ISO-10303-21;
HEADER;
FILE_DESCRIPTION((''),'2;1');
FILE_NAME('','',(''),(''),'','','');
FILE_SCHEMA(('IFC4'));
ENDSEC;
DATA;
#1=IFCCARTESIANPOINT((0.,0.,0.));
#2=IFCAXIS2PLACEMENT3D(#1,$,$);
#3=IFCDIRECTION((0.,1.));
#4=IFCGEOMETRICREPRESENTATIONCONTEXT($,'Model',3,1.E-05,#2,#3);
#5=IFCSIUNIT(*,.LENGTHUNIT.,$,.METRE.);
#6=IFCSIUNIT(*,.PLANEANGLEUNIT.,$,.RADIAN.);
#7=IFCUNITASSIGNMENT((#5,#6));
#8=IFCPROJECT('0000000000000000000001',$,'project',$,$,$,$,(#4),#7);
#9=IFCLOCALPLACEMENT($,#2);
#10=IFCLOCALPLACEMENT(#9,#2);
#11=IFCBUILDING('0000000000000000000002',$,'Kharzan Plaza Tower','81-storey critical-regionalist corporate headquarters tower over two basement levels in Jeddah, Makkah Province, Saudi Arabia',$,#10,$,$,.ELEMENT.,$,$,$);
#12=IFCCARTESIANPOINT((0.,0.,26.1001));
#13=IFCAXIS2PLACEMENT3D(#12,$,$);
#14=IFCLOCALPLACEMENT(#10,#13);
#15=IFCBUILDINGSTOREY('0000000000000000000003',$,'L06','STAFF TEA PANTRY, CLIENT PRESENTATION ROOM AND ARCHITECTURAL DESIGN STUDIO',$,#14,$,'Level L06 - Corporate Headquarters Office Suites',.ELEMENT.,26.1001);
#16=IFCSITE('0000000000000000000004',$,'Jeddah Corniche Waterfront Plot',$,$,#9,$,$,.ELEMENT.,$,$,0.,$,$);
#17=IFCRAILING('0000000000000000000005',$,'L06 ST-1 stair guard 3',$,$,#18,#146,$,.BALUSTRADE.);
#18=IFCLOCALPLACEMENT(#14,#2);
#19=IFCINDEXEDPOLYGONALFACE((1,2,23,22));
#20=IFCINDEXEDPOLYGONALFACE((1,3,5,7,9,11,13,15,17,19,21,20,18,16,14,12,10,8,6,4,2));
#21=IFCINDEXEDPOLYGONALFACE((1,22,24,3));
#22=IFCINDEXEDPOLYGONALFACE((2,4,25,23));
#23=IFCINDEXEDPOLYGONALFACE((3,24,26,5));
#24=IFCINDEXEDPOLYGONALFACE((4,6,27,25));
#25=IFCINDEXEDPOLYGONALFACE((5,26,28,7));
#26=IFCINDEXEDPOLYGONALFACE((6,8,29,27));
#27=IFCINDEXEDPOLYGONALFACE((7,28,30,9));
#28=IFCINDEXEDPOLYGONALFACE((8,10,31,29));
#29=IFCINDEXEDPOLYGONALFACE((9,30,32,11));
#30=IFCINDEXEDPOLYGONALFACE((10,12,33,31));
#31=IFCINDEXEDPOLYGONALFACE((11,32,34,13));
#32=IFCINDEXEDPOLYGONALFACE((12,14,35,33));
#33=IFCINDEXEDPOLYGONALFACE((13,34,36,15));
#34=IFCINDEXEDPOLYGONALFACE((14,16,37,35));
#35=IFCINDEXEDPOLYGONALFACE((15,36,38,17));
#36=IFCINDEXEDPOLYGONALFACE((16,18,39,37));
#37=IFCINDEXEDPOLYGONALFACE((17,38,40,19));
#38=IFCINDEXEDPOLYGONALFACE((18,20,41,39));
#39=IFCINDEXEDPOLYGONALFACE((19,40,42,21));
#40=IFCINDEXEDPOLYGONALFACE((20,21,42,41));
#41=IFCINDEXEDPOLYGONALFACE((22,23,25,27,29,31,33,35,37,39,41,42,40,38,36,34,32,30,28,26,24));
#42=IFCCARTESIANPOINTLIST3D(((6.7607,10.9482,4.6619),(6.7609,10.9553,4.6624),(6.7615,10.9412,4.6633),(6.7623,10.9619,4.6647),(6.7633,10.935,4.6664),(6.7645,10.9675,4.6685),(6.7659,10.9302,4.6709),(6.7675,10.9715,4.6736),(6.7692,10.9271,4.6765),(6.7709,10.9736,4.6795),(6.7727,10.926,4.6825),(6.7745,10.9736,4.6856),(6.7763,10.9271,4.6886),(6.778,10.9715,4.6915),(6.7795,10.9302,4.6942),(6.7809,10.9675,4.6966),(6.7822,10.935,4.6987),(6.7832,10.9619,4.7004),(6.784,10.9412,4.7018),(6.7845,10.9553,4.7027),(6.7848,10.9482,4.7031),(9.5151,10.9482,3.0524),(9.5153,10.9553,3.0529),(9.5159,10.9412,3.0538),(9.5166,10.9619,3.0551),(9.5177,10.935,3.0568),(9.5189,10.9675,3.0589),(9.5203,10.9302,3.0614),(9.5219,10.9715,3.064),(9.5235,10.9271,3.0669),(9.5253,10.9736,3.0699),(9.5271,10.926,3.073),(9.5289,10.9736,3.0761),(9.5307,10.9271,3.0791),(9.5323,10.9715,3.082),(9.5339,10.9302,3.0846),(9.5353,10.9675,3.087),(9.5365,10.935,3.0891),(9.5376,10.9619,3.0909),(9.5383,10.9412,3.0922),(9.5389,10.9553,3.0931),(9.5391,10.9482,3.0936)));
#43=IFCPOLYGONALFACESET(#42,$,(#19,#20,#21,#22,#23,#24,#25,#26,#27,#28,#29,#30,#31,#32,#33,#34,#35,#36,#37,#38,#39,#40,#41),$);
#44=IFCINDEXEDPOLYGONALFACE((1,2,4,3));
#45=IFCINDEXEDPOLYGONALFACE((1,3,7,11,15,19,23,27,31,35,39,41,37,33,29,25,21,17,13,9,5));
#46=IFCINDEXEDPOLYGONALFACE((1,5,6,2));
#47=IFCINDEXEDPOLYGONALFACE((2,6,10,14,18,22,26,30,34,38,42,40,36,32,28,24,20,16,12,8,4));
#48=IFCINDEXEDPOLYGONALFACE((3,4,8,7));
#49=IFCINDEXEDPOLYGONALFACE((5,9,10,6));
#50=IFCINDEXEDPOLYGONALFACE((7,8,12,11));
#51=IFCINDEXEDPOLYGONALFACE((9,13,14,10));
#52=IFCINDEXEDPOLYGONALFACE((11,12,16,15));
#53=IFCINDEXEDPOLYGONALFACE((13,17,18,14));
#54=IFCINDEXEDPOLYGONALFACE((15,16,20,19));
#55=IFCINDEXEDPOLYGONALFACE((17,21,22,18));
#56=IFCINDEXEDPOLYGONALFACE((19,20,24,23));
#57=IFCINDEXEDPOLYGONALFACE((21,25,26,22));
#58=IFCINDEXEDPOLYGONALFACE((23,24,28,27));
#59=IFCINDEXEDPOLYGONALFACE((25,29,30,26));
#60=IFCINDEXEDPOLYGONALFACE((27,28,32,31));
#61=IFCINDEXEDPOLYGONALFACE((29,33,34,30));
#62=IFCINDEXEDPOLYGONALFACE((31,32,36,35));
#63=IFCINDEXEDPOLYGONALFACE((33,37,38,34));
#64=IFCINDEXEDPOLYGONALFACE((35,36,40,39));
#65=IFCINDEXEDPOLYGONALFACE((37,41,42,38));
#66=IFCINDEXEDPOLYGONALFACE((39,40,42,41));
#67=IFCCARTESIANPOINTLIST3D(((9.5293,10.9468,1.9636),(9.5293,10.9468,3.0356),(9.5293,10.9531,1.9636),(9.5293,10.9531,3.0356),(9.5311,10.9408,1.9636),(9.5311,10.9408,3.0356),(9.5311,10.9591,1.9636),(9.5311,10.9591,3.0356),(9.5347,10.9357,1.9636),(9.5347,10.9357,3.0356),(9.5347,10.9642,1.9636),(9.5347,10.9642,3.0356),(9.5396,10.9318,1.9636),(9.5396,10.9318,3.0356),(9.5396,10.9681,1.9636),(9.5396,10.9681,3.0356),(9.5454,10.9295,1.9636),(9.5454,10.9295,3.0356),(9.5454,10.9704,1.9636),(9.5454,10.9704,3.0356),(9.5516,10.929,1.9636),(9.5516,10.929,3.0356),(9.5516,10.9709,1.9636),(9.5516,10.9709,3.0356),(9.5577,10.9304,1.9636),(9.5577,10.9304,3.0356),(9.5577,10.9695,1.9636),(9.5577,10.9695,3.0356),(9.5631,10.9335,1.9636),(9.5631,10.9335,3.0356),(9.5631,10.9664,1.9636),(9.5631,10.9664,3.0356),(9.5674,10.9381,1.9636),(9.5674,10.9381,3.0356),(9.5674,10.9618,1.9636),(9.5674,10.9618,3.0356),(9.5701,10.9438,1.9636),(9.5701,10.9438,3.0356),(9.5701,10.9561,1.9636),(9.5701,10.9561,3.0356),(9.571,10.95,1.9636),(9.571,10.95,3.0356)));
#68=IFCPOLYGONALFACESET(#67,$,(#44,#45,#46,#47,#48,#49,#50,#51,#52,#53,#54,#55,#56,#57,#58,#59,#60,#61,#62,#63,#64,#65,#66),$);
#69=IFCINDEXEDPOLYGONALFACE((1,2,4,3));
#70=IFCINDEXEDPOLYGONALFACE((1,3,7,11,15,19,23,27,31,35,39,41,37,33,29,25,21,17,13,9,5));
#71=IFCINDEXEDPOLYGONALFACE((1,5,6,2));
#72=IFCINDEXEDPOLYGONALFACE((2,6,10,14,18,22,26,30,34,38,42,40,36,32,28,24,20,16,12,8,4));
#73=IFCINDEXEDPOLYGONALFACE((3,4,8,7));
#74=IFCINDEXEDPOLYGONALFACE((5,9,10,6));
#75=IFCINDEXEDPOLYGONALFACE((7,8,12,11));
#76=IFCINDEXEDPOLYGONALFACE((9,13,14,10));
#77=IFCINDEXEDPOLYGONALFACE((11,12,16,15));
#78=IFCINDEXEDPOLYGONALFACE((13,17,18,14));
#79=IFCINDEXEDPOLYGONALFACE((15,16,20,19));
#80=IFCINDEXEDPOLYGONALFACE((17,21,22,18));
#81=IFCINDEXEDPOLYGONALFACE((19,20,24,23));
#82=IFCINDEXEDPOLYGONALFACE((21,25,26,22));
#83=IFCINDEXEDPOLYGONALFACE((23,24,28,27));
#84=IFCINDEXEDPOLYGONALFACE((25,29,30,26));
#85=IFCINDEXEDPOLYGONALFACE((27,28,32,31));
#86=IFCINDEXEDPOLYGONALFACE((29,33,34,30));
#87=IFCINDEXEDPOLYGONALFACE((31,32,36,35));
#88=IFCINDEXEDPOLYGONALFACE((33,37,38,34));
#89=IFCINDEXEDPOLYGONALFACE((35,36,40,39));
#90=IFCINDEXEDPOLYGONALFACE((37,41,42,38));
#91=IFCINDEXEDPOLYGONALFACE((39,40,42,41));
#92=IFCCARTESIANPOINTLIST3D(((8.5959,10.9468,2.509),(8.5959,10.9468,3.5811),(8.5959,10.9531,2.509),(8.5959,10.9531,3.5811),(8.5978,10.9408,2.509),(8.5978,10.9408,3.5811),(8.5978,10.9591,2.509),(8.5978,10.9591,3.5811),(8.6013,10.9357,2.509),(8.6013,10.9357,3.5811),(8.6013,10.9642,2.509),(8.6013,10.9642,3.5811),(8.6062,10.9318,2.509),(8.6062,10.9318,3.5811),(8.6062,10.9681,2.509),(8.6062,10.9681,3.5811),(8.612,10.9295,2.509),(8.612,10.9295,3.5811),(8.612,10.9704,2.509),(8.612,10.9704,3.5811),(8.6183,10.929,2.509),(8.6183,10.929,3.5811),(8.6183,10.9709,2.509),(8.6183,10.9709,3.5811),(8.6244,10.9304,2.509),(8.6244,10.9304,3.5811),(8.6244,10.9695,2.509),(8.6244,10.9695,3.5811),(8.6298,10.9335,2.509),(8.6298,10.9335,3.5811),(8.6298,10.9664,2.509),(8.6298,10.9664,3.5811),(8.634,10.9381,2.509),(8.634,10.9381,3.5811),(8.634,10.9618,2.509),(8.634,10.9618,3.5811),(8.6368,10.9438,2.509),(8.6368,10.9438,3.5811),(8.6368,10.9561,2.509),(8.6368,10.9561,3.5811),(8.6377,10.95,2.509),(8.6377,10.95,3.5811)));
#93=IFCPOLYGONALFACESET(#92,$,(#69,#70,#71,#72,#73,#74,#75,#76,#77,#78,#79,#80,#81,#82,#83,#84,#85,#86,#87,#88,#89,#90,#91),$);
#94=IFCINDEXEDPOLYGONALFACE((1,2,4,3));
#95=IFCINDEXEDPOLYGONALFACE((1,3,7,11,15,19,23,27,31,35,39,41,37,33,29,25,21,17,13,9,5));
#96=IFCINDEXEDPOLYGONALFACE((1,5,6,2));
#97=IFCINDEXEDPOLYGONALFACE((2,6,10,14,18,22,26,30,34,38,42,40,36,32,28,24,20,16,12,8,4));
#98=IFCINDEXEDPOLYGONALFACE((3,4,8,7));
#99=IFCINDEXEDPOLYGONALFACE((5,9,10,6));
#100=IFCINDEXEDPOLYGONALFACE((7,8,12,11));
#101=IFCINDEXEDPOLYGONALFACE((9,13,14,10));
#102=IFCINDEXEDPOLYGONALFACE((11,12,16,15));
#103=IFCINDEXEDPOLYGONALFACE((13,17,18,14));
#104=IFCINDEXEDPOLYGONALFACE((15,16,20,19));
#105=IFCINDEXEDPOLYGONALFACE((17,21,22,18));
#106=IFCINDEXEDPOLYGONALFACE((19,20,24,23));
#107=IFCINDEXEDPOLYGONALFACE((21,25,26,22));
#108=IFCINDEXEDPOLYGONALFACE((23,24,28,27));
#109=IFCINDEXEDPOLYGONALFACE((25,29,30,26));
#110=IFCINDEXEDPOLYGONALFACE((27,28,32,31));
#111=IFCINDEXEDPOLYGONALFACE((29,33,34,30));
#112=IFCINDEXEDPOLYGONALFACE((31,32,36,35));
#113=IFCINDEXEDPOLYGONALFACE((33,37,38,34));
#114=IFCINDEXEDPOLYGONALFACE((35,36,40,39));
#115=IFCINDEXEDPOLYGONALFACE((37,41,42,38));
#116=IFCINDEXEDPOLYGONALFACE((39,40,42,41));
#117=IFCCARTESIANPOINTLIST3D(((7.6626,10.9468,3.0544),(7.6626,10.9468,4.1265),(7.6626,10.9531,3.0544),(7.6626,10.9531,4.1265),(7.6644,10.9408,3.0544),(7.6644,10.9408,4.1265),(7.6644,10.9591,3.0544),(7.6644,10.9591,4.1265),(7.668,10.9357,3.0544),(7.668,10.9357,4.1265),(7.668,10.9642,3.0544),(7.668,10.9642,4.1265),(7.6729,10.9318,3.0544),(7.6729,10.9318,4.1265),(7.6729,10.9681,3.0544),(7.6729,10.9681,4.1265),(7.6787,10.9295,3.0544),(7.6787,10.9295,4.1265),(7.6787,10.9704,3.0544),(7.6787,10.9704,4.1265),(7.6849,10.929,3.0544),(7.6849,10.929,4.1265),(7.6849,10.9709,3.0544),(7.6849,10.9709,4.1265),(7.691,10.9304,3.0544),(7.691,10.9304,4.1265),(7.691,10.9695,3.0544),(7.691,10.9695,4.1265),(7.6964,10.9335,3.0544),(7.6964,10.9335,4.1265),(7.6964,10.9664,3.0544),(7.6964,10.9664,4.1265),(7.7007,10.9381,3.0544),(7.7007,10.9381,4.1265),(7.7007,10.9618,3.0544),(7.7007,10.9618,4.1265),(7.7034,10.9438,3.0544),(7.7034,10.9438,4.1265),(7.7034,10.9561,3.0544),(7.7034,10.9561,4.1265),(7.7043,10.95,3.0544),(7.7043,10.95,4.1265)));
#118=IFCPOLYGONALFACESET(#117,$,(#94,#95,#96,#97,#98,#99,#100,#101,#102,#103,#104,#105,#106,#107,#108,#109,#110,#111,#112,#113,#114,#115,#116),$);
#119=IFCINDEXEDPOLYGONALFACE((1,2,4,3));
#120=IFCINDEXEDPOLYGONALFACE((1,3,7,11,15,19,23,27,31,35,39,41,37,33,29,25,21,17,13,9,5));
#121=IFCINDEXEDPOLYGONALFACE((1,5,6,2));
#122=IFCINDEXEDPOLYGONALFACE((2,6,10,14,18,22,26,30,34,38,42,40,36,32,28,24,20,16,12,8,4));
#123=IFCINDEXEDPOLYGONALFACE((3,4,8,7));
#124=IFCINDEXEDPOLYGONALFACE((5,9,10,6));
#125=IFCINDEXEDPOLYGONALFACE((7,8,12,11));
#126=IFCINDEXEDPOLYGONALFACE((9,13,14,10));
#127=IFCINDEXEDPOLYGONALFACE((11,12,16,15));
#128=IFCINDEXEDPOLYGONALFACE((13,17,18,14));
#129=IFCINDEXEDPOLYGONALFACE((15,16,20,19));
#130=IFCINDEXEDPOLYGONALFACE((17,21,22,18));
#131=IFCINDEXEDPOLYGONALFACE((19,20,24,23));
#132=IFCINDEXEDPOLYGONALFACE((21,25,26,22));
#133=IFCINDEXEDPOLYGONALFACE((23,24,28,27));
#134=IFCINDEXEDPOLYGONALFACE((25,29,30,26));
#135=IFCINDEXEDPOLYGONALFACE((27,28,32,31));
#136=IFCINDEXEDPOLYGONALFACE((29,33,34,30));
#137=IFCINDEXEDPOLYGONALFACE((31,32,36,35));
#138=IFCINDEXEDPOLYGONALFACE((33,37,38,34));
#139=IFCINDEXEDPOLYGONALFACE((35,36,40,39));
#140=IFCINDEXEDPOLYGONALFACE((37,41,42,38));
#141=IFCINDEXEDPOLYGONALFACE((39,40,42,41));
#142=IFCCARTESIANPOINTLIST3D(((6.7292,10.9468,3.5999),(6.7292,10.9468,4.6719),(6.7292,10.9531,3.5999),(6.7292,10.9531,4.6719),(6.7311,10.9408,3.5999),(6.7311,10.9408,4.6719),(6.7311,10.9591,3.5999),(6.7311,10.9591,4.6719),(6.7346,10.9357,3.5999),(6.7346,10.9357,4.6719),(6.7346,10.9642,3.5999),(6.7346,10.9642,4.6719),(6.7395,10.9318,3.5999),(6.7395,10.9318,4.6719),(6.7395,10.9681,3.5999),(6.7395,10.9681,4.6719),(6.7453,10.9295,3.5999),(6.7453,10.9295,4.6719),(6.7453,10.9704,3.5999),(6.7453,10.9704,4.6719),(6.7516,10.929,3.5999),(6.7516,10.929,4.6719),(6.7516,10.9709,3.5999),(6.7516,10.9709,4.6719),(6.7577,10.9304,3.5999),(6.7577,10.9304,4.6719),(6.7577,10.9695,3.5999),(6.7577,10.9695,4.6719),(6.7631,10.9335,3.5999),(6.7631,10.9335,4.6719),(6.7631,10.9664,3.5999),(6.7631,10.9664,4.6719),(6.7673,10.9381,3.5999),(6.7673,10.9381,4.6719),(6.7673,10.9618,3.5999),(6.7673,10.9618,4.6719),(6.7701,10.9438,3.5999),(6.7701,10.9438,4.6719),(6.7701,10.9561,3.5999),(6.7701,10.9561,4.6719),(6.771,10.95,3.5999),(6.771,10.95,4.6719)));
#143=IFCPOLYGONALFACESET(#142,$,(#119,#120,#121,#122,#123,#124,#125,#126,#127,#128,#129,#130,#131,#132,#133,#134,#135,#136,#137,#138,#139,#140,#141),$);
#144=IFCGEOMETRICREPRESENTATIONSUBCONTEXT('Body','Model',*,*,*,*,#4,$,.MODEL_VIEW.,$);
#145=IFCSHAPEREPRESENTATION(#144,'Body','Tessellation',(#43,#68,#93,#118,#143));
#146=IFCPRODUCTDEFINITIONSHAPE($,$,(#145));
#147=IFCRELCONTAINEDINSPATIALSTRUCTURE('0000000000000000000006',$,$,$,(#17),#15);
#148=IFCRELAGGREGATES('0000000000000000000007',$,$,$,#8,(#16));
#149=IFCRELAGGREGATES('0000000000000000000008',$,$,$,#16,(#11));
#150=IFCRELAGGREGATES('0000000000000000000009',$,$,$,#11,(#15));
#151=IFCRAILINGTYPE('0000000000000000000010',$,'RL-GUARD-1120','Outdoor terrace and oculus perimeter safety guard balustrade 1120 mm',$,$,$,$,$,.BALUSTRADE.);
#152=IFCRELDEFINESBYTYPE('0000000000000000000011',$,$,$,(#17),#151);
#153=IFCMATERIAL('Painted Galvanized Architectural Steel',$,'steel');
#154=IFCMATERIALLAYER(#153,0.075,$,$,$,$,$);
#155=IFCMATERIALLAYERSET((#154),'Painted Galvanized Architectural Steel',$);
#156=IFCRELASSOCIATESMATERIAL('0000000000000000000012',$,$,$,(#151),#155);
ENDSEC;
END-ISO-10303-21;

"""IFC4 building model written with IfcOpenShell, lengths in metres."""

from ifc_helpers import new_model, si_unit, direction, frame, origin, origin_2d, place, context, subcontext, project, spatial, circle, extrude, source, transform, mapped, material, layer, layer_set, type_object, element, save


model = new_model("IFC4")

# Units and contexts
model_context = context("Model", 3, precision=1e-05, world=origin(), true_north=direction((0.0, 1.0)))
body_context = subcontext(model_context, "Body", "Model", "MODEL_VIEW")
ifc_project = project(units=[si_unit("LENGTHUNIT", "METRE"), si_unit("PLANEANGLEUNIT", "RADIAN")], contexts=[model_context])

# Site, building, storey
site_placement = place(None, origin())
site = spatial("IfcSite", under=ifc_project, at=site_placement, Name="Jeddah Corniche Waterfront Plot", CompositionType="ELEMENT", RefElevation=0.0)
building_placement = place(site_placement, origin())
building = spatial("IfcBuilding", under=site, at=building_placement, Name="Kharzan Plaza Tower", Description="81-storey critical-regionalist corporate headquarters tower over two basement levels in Jeddah, Makkah Province, Saudi Arabia", CompositionType="ELEMENT")
storey_placement = place(building_placement, frame((0.0, 0.0, 26.1001)))
storey = spatial("IfcBuildingStorey", under=building, at=storey_placement, Name="L06", Description="STAFF TEA PANTRY, CLIENT PRESENTATION ROOM AND ARCHITECTURAL DESIGN STUDIO", LongName="Level L06 - Corporate Headquarters Office Suites", CompositionType="ELEMENT", Elevation=26.1001)

# Railing
ifc_material_1 = material(Name="Painted Galvanized Architectural Steel", Category="steel")
ifc_layer_1 = layer(ifc_material_1, 0.075)
ifc_layer_set_1 = layer_set([ifc_layer_1], Name="Painted Galvanized Architectural Steel")
railing_type_1 = type_object("IfcRailingType", Name="RL-GUARD-1120", Description="Outdoor terrace and oculus perimeter safety guard balustrade 1120 mm", PredefinedType="BALUSTRADE", material=ifc_layer_set_1)
shared_shape_1 = source(origin(), body_context, "Body", "SweptSolid", [
    extrude(circle(Radius=0.0239, at=origin_2d()), frame((-0.0229, 0.0, 1.1094), z_axis=(-0.863394, 0.0, 0.504531), x_axis=(0.0, -1.0, 0.0)), (0.0, 0.0, 1.0), 3.1902),
    extrude(circle(Radius=0.021, at=origin_2d()), origin(), (0.0, 0.0, 1.0), 1.072),
    extrude(circle(Radius=0.021, at=origin_2d()), frame((-0.9333, 0.0, 0.5454)), (0.0, 0.0, 1.0), 1.072),
    extrude(circle(Radius=0.021, at=origin_2d()), frame((-1.8667, 0.0, 1.0908)), (0.0, 0.0, 1.0), 1.072),
    extrude(circle(Radius=0.021, at=origin_2d()), frame((-2.8, 0.0, 1.6362)), (0.0, 0.0, 1.0), 1.072),
])
railing_1_placement = place(storey_placement, frame((9.55, 10.95, 1.9636)))
element("IfcRailing", 1, at=railing_1_placement, inside=storey, type_object=railing_type_1, Name="L06 ST-1 stair guard 3", PredefinedType="BALUSTRADE", context=body_context, shape_type="MappedRepresentation", body=[
    mapped(shared_shape_1, transform((0.0, 0.0, 0.0), x_axis=(1.0, 0.0, 0.0), y_axis=(0.0, 1.0, 0.0), z_axis=(0.0, 0.0, 1.0))),
])

save(model, "model.ifc")
